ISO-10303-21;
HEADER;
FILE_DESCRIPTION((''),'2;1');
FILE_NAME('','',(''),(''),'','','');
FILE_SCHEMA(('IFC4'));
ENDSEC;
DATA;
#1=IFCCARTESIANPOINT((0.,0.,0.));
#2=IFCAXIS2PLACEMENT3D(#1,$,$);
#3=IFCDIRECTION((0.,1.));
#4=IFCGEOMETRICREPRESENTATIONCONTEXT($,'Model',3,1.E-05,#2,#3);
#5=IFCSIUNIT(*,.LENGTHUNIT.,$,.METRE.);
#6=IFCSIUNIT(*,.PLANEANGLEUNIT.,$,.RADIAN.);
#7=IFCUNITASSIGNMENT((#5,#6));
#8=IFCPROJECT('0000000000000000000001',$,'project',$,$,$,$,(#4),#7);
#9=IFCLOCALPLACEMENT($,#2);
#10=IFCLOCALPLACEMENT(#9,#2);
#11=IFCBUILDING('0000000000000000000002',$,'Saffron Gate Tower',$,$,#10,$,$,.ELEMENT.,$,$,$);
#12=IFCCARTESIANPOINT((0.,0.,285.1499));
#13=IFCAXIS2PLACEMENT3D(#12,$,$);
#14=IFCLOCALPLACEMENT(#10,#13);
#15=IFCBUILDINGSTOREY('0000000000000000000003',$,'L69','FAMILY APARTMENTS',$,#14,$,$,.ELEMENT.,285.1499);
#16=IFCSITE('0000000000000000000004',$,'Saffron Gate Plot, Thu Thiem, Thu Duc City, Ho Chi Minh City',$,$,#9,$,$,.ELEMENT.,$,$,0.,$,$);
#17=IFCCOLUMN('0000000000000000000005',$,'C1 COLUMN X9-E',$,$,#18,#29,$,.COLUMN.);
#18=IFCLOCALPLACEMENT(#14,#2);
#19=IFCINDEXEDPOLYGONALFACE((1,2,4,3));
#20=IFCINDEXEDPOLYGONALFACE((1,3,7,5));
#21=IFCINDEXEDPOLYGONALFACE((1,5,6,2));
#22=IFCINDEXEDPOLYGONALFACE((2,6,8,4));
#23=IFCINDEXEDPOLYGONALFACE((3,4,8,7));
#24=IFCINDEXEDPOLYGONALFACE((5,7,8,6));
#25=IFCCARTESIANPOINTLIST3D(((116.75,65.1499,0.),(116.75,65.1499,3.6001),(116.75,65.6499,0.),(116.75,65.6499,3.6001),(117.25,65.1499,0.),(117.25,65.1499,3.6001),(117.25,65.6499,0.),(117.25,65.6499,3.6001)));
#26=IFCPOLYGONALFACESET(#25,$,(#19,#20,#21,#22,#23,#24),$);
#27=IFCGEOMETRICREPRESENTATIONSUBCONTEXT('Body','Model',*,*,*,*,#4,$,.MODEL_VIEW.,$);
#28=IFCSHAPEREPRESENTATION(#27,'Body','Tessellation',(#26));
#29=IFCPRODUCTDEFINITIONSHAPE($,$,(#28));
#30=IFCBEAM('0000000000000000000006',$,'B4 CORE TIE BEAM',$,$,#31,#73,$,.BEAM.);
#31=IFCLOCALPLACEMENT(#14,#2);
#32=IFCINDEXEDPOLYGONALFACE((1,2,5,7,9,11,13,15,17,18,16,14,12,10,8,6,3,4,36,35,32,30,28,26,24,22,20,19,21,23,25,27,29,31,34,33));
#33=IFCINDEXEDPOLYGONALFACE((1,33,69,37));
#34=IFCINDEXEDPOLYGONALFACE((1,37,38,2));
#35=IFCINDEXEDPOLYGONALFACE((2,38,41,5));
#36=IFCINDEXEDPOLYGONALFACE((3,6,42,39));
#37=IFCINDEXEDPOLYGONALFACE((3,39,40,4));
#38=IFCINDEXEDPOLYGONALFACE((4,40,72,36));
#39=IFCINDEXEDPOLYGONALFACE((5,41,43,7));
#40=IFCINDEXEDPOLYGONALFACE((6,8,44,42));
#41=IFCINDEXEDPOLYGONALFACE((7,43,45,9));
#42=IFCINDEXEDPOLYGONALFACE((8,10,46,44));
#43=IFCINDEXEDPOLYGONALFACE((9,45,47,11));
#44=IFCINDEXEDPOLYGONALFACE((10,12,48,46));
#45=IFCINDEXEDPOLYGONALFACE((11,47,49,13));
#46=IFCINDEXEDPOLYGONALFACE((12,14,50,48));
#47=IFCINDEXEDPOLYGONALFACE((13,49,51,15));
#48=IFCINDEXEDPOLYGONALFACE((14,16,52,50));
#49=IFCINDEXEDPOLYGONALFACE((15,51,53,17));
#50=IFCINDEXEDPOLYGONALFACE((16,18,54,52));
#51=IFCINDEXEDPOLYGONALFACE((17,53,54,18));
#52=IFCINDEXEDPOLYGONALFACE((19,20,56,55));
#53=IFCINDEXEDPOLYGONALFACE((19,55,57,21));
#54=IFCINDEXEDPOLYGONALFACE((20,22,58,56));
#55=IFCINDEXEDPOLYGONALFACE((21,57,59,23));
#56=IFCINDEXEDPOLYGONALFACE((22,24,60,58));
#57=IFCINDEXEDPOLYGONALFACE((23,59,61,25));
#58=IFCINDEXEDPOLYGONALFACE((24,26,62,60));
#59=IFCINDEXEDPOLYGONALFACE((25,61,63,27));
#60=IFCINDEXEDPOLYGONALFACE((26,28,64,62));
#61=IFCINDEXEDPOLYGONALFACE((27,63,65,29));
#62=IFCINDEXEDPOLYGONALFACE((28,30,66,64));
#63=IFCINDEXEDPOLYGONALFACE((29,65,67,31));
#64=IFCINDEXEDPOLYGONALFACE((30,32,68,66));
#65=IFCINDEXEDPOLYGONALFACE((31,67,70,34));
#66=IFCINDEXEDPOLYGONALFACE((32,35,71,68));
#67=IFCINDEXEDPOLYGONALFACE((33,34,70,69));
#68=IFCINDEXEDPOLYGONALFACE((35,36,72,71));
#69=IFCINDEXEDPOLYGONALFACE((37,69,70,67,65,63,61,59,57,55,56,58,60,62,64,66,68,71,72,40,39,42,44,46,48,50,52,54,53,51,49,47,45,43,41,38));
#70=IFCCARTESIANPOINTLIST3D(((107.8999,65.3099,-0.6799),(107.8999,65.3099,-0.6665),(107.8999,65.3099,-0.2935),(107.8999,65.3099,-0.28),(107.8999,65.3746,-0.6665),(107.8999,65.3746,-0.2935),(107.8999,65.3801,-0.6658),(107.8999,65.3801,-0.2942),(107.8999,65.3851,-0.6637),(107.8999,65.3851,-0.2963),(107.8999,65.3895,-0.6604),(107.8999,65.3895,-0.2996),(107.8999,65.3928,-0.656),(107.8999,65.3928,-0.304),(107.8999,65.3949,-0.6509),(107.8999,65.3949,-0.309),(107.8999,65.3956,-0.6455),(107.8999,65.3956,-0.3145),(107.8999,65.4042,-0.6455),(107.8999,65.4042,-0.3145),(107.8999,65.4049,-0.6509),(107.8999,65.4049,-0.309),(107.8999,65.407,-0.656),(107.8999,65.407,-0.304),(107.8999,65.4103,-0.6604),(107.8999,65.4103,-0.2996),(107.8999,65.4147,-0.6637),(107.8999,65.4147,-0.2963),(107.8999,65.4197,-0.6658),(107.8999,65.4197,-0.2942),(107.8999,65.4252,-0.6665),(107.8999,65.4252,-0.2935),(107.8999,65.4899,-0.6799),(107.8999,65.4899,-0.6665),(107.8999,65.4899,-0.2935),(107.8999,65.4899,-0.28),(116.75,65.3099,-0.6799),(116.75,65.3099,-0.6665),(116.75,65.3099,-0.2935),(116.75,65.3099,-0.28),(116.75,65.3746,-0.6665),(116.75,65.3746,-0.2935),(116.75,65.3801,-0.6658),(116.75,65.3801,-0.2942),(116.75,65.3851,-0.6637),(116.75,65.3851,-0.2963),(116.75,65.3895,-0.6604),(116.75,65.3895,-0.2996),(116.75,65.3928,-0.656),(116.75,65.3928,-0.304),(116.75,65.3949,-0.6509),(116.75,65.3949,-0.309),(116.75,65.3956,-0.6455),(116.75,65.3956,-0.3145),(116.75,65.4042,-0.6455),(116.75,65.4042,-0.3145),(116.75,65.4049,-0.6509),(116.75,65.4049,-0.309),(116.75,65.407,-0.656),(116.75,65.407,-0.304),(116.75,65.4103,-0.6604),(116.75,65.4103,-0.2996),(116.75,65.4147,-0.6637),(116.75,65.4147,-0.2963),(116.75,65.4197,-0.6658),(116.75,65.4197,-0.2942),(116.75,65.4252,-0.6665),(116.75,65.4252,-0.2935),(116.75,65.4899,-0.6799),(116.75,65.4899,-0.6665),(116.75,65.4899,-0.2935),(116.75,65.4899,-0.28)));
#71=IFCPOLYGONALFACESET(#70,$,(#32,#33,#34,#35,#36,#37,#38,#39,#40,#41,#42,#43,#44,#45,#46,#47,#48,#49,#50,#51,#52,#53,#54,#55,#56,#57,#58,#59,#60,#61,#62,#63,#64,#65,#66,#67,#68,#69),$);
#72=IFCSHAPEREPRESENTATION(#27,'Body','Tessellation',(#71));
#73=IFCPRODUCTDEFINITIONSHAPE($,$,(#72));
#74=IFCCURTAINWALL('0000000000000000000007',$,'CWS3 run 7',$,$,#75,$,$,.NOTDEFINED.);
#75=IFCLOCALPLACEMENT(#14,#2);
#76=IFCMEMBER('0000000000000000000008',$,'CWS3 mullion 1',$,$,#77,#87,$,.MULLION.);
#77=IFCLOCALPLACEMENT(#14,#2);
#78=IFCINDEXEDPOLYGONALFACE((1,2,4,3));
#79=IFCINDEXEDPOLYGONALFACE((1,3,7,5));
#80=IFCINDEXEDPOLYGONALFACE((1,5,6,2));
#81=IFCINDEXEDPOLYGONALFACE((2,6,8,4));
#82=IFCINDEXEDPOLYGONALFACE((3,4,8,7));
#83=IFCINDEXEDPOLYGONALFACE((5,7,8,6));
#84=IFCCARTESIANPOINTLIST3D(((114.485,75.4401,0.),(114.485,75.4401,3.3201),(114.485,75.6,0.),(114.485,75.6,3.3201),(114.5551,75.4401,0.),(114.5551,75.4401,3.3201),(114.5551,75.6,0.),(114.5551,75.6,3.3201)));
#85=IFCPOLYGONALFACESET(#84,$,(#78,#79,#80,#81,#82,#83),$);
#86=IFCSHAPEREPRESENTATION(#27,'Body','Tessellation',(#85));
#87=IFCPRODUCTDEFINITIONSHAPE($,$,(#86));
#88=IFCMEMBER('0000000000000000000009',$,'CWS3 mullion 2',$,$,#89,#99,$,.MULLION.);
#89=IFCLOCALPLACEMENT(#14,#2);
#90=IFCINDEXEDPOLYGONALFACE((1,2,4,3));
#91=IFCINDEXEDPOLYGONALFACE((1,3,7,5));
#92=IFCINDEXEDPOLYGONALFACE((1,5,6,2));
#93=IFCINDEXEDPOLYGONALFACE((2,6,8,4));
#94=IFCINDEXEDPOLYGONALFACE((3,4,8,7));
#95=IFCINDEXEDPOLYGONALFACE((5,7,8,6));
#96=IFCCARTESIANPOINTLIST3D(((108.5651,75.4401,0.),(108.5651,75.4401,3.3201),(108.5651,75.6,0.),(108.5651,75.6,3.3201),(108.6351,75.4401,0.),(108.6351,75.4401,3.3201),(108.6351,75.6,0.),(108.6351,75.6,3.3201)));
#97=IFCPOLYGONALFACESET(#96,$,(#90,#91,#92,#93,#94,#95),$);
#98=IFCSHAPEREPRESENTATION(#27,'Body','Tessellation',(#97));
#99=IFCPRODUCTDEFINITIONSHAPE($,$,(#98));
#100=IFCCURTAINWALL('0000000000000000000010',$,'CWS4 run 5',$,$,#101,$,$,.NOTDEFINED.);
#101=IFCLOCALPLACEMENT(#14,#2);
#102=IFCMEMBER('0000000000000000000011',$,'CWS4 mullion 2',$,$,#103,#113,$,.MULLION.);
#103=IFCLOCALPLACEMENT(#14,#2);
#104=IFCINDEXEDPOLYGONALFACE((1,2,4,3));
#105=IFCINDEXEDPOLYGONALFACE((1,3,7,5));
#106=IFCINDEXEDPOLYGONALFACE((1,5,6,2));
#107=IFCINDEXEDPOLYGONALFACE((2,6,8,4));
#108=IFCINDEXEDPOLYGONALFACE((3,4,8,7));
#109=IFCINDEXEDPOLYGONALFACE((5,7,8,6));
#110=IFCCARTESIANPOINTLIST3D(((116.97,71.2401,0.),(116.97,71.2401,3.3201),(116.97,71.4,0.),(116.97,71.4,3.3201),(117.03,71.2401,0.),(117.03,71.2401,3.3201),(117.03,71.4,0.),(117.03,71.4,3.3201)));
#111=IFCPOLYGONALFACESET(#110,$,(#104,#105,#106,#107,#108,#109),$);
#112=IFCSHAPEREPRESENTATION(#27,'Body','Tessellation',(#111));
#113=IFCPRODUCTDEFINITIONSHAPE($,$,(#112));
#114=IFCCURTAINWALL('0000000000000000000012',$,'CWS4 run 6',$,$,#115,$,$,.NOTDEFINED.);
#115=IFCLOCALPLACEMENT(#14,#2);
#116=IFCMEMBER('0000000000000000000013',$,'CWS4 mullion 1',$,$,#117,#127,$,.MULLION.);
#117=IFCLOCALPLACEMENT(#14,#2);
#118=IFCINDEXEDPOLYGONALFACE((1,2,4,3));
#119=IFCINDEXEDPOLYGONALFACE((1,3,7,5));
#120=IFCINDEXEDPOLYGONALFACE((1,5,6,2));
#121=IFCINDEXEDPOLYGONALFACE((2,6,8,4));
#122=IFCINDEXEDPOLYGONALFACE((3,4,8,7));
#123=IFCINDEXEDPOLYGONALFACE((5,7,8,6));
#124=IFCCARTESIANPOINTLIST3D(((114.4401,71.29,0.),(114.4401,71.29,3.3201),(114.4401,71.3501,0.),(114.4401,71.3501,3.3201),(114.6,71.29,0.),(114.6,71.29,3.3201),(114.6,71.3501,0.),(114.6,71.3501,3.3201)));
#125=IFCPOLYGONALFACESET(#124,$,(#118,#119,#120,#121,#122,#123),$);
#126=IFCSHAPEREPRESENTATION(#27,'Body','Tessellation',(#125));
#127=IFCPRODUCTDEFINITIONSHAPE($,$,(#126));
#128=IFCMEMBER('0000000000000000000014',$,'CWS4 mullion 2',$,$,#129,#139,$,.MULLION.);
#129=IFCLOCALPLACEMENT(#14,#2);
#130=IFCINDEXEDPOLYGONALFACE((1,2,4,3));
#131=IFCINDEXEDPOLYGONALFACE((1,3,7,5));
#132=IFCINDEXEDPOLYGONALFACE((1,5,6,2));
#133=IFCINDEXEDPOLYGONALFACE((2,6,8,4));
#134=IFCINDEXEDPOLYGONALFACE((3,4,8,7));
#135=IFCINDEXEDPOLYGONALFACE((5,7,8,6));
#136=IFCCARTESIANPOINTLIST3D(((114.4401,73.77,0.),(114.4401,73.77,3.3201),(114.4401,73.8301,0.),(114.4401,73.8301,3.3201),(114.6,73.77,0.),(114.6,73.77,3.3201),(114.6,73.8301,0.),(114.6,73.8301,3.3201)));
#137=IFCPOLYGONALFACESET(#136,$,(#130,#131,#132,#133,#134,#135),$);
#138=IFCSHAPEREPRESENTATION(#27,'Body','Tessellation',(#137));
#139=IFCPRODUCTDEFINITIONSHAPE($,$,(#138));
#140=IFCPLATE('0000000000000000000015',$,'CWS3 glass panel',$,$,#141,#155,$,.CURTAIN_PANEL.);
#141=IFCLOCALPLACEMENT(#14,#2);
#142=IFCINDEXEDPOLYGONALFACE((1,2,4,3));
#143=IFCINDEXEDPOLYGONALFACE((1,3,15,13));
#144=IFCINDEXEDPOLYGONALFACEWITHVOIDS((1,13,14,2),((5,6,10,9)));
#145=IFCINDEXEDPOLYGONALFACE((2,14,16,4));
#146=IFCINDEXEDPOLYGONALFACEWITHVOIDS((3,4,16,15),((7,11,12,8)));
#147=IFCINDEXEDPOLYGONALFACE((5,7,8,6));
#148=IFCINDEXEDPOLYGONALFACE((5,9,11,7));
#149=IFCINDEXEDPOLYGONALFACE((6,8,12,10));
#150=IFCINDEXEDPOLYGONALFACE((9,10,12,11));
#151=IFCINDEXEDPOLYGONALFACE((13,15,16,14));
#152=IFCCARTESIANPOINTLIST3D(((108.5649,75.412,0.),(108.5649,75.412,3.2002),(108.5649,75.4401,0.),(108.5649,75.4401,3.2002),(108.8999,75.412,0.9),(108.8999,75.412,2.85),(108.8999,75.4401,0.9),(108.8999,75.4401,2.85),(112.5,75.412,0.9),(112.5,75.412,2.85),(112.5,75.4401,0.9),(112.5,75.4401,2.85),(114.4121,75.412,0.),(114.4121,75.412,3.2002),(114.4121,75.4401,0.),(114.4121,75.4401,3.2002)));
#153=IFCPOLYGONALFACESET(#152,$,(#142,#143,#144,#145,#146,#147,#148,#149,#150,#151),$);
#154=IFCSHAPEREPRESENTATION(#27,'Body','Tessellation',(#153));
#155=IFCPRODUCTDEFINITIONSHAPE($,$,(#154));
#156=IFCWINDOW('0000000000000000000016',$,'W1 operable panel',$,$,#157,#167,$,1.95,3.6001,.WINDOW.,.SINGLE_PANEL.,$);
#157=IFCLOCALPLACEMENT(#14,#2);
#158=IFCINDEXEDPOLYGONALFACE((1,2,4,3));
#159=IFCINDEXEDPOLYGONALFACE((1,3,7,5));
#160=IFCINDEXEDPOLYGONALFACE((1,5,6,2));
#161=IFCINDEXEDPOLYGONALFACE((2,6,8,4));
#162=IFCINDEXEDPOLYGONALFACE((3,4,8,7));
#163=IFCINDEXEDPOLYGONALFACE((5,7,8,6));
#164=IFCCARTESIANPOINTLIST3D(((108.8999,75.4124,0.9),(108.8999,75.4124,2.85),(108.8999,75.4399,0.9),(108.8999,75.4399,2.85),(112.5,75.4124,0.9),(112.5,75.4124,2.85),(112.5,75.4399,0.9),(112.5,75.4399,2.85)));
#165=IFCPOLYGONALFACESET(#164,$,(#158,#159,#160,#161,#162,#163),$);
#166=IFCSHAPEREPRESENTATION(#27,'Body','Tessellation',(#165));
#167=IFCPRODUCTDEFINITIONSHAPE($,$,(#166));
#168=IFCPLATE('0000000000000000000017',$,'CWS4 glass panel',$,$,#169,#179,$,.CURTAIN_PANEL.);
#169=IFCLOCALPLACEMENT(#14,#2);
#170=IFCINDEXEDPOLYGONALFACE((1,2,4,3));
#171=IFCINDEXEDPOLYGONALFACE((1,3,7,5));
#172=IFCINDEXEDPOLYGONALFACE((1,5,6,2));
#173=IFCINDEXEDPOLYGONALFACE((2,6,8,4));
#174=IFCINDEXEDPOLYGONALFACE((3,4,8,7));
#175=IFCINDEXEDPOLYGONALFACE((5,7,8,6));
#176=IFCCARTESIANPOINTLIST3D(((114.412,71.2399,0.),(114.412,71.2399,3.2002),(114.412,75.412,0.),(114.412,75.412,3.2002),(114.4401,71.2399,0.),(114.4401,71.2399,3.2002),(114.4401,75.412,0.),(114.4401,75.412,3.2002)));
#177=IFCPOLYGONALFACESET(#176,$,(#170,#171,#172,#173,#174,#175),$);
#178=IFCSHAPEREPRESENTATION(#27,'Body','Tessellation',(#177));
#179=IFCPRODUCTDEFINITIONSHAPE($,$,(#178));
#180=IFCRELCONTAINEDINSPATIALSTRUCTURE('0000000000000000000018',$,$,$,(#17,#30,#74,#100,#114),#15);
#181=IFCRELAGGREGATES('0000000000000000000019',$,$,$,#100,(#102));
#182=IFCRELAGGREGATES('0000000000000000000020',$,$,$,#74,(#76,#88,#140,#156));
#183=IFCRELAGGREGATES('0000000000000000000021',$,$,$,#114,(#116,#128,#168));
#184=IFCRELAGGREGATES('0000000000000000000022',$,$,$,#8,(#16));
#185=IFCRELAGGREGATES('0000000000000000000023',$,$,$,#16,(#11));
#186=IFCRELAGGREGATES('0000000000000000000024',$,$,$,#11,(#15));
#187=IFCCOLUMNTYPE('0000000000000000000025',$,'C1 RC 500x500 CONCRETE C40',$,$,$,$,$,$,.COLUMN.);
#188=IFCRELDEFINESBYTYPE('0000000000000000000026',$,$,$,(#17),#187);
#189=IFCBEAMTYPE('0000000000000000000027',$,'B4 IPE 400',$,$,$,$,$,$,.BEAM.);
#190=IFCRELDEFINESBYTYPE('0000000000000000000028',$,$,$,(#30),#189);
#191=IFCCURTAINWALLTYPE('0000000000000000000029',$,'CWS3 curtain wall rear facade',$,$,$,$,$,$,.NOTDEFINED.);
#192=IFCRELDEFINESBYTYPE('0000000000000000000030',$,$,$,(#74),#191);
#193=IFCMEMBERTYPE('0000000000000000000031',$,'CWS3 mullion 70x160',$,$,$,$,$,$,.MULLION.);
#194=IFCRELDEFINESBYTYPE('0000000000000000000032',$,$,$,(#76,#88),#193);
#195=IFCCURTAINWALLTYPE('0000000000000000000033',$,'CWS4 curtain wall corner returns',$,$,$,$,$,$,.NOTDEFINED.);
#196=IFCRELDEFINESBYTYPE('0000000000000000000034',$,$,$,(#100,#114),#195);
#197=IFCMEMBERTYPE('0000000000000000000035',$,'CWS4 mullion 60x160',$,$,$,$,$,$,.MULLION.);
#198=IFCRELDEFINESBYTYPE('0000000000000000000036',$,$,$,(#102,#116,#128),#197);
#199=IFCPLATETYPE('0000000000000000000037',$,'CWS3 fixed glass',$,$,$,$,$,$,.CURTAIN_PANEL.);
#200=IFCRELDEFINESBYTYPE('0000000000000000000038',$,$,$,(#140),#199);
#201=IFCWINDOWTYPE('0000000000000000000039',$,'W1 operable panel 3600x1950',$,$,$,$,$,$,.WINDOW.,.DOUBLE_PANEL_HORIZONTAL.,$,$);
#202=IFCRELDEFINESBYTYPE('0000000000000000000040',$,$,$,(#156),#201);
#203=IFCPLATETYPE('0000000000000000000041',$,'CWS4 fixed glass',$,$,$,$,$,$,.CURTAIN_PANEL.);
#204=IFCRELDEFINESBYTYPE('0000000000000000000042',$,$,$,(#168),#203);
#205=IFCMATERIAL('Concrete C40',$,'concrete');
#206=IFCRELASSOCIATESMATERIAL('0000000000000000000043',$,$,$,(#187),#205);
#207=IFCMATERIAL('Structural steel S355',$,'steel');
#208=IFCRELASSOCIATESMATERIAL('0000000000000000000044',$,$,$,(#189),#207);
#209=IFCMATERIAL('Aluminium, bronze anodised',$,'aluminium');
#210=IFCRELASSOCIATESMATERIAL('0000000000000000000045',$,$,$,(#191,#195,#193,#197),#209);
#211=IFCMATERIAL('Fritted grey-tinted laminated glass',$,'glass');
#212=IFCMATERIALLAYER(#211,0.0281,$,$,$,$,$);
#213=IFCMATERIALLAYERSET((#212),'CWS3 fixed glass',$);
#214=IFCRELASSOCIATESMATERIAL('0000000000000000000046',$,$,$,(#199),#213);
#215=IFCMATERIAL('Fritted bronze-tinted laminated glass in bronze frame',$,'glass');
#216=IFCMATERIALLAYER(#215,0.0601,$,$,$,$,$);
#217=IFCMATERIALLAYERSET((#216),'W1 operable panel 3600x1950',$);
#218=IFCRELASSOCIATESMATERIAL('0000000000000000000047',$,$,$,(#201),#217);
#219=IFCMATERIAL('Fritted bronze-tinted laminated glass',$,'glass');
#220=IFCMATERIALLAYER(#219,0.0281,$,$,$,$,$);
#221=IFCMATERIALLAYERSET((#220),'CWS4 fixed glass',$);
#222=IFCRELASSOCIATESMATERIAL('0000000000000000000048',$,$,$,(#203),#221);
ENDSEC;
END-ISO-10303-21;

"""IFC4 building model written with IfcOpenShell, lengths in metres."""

from ifc_helpers import new_model, si_unit, direction, frame, frame_2d, origin, origin_2d, place, context, subcontext, project, spatial, rectangle, i_section, extrude, material, layer, layer_set, material_profile, profile_set, type_object, element, fill, aggregate, save


model = new_model("IFC4")

# Units and contexts
model_context = context("Model", 3, precision=1e-05, world=origin(), true_north=direction((0.0, 1.0)))
body_context = subcontext(model_context, "Body", "Model", "MODEL_VIEW")
ifc_project = project(units=[si_unit("LENGTHUNIT", "METRE"), si_unit("PLANEANGLEUNIT", "RADIAN")], contexts=[model_context])

# Site, building, storey
site_placement = place(None, origin())
site = spatial("IfcSite", under=ifc_project, at=site_placement, Name="Saffron Gate Plot, Thu Thiem, Thu Duc City, Ho Chi Minh City", CompositionType="ELEMENT", RefElevation=0.0)
building_placement = place(site_placement, origin())
building = spatial("IfcBuilding", under=site, at=building_placement, Name="Saffron Gate Tower", CompositionType="ELEMENT")
storey_placement = place(building_placement, frame((0.0, 0.0, 285.1499)))
storey = spatial("IfcBuildingStorey", under=building, at=storey_placement, Name="L69", Description="FAMILY APARTMENTS", CompositionType="ELEMENT", Elevation=285.1499)

# Column
ifc_material_1 = material(Name="Concrete C40", Category="concrete")
ifc_material_profile_1 = material_profile(ifc_material_1, rectangle(XDim=0.5, YDim=0.5, at=origin_2d()))
ifc_profile_set_1 = profile_set([ifc_material_profile_1], Name="Concrete C40")
column_type = type_object("IfcColumnType", Name="C1 RC 500x500 CONCRETE C40", PredefinedType="COLUMN", material=ifc_profile_set_1)
column_placement = place(storey_placement, frame((117.0, 65.3999, 0.0), z_axis=(0.0, 0.0, 1.0), x_axis=(1.0, 0.0, 0.0)))
element("IfcColumn", 1, at=column_placement, inside=storey, type_object=column_type, Name="C1 COLUMN X9-E", PredefinedType="COLUMN", context=body_context, shape_type="SweptSolid", body=[
    extrude(rectangle(XDim=0.5, YDim=0.5, at=origin_2d()), origin(), (0.0, 0.0, 1.0), 3.6001),
])

# Beam
ifc_material_2 = material(Name="Structural steel S355", Category="steel")
ifc_material_profile_2 = material_profile(ifc_material_2, i_section(OverallWidth=0.1799, OverallDepth=0.3999, WebThickness=0.0085, FlangeThickness=0.0134, FilletRadius=0.021, at=origin_2d()))
ifc_profile_set_2 = profile_set([ifc_material_profile_2], Name="Structural steel S355")
beam_type = type_object("IfcBeamType", Name="B4 IPE 400", PredefinedType="BEAM", material=ifc_profile_set_2)
beam_placement = place(storey_placement, frame((116.75, 65.3999, -0.48), z_axis=(-1.0, 0.0, 0.0), x_axis=(0.0, -1.0, 0.0)))
element("IfcBeam", 2, at=beam_placement, inside=storey, type_object=beam_type, Name="B4 CORE TIE BEAM", PredefinedType="BEAM", context=body_context, shape_type="SweptSolid", body=[
    extrude(i_section(OverallWidth=0.1799, OverallDepth=0.3999, WebThickness=0.0085, FlangeThickness=0.0134, FilletRadius=0.021, at=origin_2d()), origin(), (0.0, 0.0, 1.0), 8.8501),
])

# Curtain wall, members
ifc_material_3 = material(Name="Aluminium, bronze anodised", Category="aluminium")
curtain_wall_type_1 = type_object("IfcCurtainWallType", Name="CWS3 curtain wall rear facade", PredefinedType="NOTDEFINED", material=ifc_material_3)
curtain_wall_1_placement = place(storey_placement, origin())
curtain_wall_1 = element("IfcCurtainWall", 3, at=curtain_wall_1_placement, inside=storey, type_object=curtain_wall_type_1, Name="CWS3 run 7", PredefinedType="NOTDEFINED")
ifc_material_profile_3 = material_profile(ifc_material_3, rectangle(XDim=0.1599, YDim=0.0701, at=origin_2d()))
ifc_profile_set_3 = profile_set([ifc_material_profile_3], Name="Aluminium, bronze anodised")
member_type_1 = type_object("IfcMemberType", Name="CWS3 mullion 70x160", PredefinedType="MULLION", material=ifc_profile_set_3)
member_1_placement = place(storey_placement, frame((114.52, 75.52, 0.0), z_axis=(0.0, 0.0, 1.0), x_axis=(0.0, -1.0, 0.0)))
member_1 = element("IfcMember", 4, at=member_1_placement, type_object=member_type_1, Name="CWS3 mullion 1", PredefinedType="MULLION", context=body_context, shape_type="SweptSolid", body=[
    extrude(rectangle(XDim=0.1599, YDim=0.0701, at=origin_2d()), origin(), (0.0, 0.0, 1.0), 3.3201),
])
member_2_placement = place(storey_placement, frame((108.6001, 75.52, 0.0), z_axis=(0.0, 0.0, 1.0), x_axis=(0.0, -1.0, 0.0)))
member_2 = element("IfcMember", 5, at=member_2_placement, type_object=member_type_1, Name="CWS3 mullion 2", PredefinedType="MULLION", context=body_context, shape_type="SweptSolid", body=[
    extrude(rectangle(XDim=0.1599, YDim=0.0701, at=origin_2d()), origin(), (0.0, 0.0, 1.0), 3.3201),
])

# Curtain wall, member
curtain_wall_type_2 = type_object("IfcCurtainWallType", Name="CWS4 curtain wall corner returns", PredefinedType="NOTDEFINED", material=ifc_material_3)
curtain_wall_2_placement = place(storey_placement, origin())
curtain_wall_2 = element("IfcCurtainWall", 6, at=curtain_wall_2_placement, inside=storey, type_object=curtain_wall_type_2, Name="CWS4 run 5", PredefinedType="NOTDEFINED")
ifc_material_profile_4 = material_profile(ifc_material_3, rectangle(XDim=0.1599, YDim=0.0601, at=origin_2d()))
ifc_profile_set_4 = profile_set([ifc_material_profile_4], Name="Aluminium, bronze anodised")
member_type_2 = type_object("IfcMemberType", Name="CWS4 mullion 60x160", PredefinedType="MULLION", material=ifc_profile_set_4)
member_3_placement = place(storey_placement, frame((117.0, 71.3201, 0.0), z_axis=(0.0, 0.0, 1.0), x_axis=(0.0, -1.0, 0.0)))
member_3 = element("IfcMember", 7, at=member_3_placement, type_object=member_type_2, Name="CWS4 mullion 2", PredefinedType="MULLION", context=body_context, shape_type="SweptSolid", body=[
    extrude(rectangle(XDim=0.1599, YDim=0.0601, at=origin_2d()), origin(), (0.0, 0.0, 1.0), 3.3201),
])
aggregate(curtain_wall_2, [member_3])

# Curtain wall, members
curtain_wall_3_placement = place(storey_placement, origin())
curtain_wall_3 = element("IfcCurtainWall", 8, at=curtain_wall_3_placement, inside=storey, type_object=curtain_wall_type_2, Name="CWS4 run 6", PredefinedType="NOTDEFINED")
member_4_placement = place(storey_placement, frame((114.52, 71.3201, 0.0), z_axis=(0.0, 0.0, 1.0), x_axis=(-1.0, 0.0, 0.0)))
member_4 = element("IfcMember", 9, at=member_4_placement, type_object=member_type_2, Name="CWS4 mullion 1", PredefinedType="MULLION", context=body_context, shape_type="SweptSolid", body=[
    extrude(rectangle(XDim=0.1599, YDim=0.0601, at=origin_2d()), origin(), (0.0, 0.0, 1.0), 3.3201),
])
member_5_placement = place(storey_placement, frame((114.52, 73.8, 0.0), z_axis=(0.0, 0.0, 1.0), x_axis=(-1.0, 0.0, 0.0)))
member_5 = element("IfcMember", 10, at=member_5_placement, type_object=member_type_2, Name="CWS4 mullion 2", PredefinedType="MULLION", context=body_context, shape_type="SweptSolid", body=[
    extrude(rectangle(XDim=0.1599, YDim=0.0601, at=origin_2d()), origin(), (0.0, 0.0, 1.0), 3.3201),
])

# Plate, opening, window
ifc_material_4 = material(Name="Fritted grey-tinted laminated glass", Category="glass")
ifc_layer_1 = layer(ifc_material_4, 0.0281)
ifc_layer_set_1 = layer_set([ifc_layer_1], Name="CWS3 fixed glass")
plate_type_1 = type_object("IfcPlateType", Name="CWS3 fixed glass", PredefinedType="CURTAIN_PANEL", material=ifc_layer_set_1)
plate_1_placement = place(storey_placement, frame((114.4121, 75.426, 0.0), z_axis=(0.0, 0.0, 1.0), x_axis=(-1.0, 0.0, 0.0)))
plate_1 = element("IfcPlate", 11, at=plate_1_placement, type_object=plate_type_1, Name="CWS3 glass panel", PredefinedType="CURTAIN_PANEL", context=body_context, shape_type="SweptSolid", body=[
    extrude(rectangle(XDim=5.8472, YDim=0.0281, at=frame_2d((2.9236, 0.0))), origin(), (0.0, 0.0, 1.0), 3.2002),
])
opening_1_placement = place(plate_1_placement, frame((1.9121, 0.0, 0.8999)))
opening_1 = element("IfcOpeningElement", 12, at=opening_1_placement, cuts=plate_1, PredefinedType="OPENING", context=body_context, shape_type="SweptSolid", body=[
    extrude(rectangle(XDim=3.6001, YDim=1.95, at=frame_2d((1.8, 0.9751))), frame((0.0, 0.0239, 0.0), z_axis=(0.0, -1.0, 0.0), x_axis=(1.0, 0.0, 0.0)), (0.0, 0.0, 1.0), 0.0481),
])
ifc_material_5 = material(Name="Fritted bronze-tinted laminated glass in bronze frame", Category="glass")
ifc_layer_2 = layer(ifc_material_5, 0.0601)
ifc_layer_set_2 = layer_set([ifc_layer_2], Name="W1 operable panel 3600x1950")
window_type = type_object("IfcWindowType", Name="W1 operable panel 3600x1950", PartitioningType="DOUBLE_PANEL_HORIZONTAL", PredefinedType="WINDOW", material=ifc_layer_set_2)
window_placement = place(opening_1_placement, origin())
window = element("IfcWindow", 13, at=window_placement, type_object=window_type, Name="W1 operable panel", OverallHeight=1.95, OverallWidth=3.6001, PartitioningType="SINGLE_PANEL", PredefinedType="WINDOW", context=body_context, shape_type="SweptSolid", body=[
    extrude(rectangle(XDim=3.6001, YDim=1.95, at=frame_2d((1.8, 0.9751))), frame((0.0, 0.0137, 0.0), z_axis=(0.0, -1.0, 0.0), x_axis=(1.0, 0.0, 0.0)), (0.0, 0.0, 1.0), 0.0276),
])
fill(opening_1, window)
aggregate(curtain_wall_1, [member_1, member_2, plate_1, window])

# Plate
ifc_material_6 = material(Name="Fritted bronze-tinted laminated glass", Category="glass")
ifc_layer_3 = layer(ifc_material_6, 0.0281)
ifc_layer_set_3 = layer_set([ifc_layer_3], Name="CWS4 fixed glass")
plate_type_2 = type_object("IfcPlateType", Name="CWS4 fixed glass", PredefinedType="CURTAIN_PANEL", material=ifc_layer_set_3)
plate_2_placement = place(storey_placement, frame((114.426, 71.24, 0.0), z_axis=(0.0, 0.0, 1.0), x_axis=(0.0, 1.0, 0.0)))
plate_2 = element("IfcPlate", 14, at=plate_2_placement, type_object=plate_type_2, Name="CWS4 glass panel", PredefinedType="CURTAIN_PANEL", context=body_context, shape_type="SweptSolid", body=[
    extrude(rectangle(XDim=4.1721, YDim=0.0281, at=frame_2d((2.0859, 0.0))), origin(), (0.0, 0.0, 1.0), 3.2002),
])
aggregate(curtain_wall_3, [member_4, member_5, plate_2])

save(model, "model.ifc")
